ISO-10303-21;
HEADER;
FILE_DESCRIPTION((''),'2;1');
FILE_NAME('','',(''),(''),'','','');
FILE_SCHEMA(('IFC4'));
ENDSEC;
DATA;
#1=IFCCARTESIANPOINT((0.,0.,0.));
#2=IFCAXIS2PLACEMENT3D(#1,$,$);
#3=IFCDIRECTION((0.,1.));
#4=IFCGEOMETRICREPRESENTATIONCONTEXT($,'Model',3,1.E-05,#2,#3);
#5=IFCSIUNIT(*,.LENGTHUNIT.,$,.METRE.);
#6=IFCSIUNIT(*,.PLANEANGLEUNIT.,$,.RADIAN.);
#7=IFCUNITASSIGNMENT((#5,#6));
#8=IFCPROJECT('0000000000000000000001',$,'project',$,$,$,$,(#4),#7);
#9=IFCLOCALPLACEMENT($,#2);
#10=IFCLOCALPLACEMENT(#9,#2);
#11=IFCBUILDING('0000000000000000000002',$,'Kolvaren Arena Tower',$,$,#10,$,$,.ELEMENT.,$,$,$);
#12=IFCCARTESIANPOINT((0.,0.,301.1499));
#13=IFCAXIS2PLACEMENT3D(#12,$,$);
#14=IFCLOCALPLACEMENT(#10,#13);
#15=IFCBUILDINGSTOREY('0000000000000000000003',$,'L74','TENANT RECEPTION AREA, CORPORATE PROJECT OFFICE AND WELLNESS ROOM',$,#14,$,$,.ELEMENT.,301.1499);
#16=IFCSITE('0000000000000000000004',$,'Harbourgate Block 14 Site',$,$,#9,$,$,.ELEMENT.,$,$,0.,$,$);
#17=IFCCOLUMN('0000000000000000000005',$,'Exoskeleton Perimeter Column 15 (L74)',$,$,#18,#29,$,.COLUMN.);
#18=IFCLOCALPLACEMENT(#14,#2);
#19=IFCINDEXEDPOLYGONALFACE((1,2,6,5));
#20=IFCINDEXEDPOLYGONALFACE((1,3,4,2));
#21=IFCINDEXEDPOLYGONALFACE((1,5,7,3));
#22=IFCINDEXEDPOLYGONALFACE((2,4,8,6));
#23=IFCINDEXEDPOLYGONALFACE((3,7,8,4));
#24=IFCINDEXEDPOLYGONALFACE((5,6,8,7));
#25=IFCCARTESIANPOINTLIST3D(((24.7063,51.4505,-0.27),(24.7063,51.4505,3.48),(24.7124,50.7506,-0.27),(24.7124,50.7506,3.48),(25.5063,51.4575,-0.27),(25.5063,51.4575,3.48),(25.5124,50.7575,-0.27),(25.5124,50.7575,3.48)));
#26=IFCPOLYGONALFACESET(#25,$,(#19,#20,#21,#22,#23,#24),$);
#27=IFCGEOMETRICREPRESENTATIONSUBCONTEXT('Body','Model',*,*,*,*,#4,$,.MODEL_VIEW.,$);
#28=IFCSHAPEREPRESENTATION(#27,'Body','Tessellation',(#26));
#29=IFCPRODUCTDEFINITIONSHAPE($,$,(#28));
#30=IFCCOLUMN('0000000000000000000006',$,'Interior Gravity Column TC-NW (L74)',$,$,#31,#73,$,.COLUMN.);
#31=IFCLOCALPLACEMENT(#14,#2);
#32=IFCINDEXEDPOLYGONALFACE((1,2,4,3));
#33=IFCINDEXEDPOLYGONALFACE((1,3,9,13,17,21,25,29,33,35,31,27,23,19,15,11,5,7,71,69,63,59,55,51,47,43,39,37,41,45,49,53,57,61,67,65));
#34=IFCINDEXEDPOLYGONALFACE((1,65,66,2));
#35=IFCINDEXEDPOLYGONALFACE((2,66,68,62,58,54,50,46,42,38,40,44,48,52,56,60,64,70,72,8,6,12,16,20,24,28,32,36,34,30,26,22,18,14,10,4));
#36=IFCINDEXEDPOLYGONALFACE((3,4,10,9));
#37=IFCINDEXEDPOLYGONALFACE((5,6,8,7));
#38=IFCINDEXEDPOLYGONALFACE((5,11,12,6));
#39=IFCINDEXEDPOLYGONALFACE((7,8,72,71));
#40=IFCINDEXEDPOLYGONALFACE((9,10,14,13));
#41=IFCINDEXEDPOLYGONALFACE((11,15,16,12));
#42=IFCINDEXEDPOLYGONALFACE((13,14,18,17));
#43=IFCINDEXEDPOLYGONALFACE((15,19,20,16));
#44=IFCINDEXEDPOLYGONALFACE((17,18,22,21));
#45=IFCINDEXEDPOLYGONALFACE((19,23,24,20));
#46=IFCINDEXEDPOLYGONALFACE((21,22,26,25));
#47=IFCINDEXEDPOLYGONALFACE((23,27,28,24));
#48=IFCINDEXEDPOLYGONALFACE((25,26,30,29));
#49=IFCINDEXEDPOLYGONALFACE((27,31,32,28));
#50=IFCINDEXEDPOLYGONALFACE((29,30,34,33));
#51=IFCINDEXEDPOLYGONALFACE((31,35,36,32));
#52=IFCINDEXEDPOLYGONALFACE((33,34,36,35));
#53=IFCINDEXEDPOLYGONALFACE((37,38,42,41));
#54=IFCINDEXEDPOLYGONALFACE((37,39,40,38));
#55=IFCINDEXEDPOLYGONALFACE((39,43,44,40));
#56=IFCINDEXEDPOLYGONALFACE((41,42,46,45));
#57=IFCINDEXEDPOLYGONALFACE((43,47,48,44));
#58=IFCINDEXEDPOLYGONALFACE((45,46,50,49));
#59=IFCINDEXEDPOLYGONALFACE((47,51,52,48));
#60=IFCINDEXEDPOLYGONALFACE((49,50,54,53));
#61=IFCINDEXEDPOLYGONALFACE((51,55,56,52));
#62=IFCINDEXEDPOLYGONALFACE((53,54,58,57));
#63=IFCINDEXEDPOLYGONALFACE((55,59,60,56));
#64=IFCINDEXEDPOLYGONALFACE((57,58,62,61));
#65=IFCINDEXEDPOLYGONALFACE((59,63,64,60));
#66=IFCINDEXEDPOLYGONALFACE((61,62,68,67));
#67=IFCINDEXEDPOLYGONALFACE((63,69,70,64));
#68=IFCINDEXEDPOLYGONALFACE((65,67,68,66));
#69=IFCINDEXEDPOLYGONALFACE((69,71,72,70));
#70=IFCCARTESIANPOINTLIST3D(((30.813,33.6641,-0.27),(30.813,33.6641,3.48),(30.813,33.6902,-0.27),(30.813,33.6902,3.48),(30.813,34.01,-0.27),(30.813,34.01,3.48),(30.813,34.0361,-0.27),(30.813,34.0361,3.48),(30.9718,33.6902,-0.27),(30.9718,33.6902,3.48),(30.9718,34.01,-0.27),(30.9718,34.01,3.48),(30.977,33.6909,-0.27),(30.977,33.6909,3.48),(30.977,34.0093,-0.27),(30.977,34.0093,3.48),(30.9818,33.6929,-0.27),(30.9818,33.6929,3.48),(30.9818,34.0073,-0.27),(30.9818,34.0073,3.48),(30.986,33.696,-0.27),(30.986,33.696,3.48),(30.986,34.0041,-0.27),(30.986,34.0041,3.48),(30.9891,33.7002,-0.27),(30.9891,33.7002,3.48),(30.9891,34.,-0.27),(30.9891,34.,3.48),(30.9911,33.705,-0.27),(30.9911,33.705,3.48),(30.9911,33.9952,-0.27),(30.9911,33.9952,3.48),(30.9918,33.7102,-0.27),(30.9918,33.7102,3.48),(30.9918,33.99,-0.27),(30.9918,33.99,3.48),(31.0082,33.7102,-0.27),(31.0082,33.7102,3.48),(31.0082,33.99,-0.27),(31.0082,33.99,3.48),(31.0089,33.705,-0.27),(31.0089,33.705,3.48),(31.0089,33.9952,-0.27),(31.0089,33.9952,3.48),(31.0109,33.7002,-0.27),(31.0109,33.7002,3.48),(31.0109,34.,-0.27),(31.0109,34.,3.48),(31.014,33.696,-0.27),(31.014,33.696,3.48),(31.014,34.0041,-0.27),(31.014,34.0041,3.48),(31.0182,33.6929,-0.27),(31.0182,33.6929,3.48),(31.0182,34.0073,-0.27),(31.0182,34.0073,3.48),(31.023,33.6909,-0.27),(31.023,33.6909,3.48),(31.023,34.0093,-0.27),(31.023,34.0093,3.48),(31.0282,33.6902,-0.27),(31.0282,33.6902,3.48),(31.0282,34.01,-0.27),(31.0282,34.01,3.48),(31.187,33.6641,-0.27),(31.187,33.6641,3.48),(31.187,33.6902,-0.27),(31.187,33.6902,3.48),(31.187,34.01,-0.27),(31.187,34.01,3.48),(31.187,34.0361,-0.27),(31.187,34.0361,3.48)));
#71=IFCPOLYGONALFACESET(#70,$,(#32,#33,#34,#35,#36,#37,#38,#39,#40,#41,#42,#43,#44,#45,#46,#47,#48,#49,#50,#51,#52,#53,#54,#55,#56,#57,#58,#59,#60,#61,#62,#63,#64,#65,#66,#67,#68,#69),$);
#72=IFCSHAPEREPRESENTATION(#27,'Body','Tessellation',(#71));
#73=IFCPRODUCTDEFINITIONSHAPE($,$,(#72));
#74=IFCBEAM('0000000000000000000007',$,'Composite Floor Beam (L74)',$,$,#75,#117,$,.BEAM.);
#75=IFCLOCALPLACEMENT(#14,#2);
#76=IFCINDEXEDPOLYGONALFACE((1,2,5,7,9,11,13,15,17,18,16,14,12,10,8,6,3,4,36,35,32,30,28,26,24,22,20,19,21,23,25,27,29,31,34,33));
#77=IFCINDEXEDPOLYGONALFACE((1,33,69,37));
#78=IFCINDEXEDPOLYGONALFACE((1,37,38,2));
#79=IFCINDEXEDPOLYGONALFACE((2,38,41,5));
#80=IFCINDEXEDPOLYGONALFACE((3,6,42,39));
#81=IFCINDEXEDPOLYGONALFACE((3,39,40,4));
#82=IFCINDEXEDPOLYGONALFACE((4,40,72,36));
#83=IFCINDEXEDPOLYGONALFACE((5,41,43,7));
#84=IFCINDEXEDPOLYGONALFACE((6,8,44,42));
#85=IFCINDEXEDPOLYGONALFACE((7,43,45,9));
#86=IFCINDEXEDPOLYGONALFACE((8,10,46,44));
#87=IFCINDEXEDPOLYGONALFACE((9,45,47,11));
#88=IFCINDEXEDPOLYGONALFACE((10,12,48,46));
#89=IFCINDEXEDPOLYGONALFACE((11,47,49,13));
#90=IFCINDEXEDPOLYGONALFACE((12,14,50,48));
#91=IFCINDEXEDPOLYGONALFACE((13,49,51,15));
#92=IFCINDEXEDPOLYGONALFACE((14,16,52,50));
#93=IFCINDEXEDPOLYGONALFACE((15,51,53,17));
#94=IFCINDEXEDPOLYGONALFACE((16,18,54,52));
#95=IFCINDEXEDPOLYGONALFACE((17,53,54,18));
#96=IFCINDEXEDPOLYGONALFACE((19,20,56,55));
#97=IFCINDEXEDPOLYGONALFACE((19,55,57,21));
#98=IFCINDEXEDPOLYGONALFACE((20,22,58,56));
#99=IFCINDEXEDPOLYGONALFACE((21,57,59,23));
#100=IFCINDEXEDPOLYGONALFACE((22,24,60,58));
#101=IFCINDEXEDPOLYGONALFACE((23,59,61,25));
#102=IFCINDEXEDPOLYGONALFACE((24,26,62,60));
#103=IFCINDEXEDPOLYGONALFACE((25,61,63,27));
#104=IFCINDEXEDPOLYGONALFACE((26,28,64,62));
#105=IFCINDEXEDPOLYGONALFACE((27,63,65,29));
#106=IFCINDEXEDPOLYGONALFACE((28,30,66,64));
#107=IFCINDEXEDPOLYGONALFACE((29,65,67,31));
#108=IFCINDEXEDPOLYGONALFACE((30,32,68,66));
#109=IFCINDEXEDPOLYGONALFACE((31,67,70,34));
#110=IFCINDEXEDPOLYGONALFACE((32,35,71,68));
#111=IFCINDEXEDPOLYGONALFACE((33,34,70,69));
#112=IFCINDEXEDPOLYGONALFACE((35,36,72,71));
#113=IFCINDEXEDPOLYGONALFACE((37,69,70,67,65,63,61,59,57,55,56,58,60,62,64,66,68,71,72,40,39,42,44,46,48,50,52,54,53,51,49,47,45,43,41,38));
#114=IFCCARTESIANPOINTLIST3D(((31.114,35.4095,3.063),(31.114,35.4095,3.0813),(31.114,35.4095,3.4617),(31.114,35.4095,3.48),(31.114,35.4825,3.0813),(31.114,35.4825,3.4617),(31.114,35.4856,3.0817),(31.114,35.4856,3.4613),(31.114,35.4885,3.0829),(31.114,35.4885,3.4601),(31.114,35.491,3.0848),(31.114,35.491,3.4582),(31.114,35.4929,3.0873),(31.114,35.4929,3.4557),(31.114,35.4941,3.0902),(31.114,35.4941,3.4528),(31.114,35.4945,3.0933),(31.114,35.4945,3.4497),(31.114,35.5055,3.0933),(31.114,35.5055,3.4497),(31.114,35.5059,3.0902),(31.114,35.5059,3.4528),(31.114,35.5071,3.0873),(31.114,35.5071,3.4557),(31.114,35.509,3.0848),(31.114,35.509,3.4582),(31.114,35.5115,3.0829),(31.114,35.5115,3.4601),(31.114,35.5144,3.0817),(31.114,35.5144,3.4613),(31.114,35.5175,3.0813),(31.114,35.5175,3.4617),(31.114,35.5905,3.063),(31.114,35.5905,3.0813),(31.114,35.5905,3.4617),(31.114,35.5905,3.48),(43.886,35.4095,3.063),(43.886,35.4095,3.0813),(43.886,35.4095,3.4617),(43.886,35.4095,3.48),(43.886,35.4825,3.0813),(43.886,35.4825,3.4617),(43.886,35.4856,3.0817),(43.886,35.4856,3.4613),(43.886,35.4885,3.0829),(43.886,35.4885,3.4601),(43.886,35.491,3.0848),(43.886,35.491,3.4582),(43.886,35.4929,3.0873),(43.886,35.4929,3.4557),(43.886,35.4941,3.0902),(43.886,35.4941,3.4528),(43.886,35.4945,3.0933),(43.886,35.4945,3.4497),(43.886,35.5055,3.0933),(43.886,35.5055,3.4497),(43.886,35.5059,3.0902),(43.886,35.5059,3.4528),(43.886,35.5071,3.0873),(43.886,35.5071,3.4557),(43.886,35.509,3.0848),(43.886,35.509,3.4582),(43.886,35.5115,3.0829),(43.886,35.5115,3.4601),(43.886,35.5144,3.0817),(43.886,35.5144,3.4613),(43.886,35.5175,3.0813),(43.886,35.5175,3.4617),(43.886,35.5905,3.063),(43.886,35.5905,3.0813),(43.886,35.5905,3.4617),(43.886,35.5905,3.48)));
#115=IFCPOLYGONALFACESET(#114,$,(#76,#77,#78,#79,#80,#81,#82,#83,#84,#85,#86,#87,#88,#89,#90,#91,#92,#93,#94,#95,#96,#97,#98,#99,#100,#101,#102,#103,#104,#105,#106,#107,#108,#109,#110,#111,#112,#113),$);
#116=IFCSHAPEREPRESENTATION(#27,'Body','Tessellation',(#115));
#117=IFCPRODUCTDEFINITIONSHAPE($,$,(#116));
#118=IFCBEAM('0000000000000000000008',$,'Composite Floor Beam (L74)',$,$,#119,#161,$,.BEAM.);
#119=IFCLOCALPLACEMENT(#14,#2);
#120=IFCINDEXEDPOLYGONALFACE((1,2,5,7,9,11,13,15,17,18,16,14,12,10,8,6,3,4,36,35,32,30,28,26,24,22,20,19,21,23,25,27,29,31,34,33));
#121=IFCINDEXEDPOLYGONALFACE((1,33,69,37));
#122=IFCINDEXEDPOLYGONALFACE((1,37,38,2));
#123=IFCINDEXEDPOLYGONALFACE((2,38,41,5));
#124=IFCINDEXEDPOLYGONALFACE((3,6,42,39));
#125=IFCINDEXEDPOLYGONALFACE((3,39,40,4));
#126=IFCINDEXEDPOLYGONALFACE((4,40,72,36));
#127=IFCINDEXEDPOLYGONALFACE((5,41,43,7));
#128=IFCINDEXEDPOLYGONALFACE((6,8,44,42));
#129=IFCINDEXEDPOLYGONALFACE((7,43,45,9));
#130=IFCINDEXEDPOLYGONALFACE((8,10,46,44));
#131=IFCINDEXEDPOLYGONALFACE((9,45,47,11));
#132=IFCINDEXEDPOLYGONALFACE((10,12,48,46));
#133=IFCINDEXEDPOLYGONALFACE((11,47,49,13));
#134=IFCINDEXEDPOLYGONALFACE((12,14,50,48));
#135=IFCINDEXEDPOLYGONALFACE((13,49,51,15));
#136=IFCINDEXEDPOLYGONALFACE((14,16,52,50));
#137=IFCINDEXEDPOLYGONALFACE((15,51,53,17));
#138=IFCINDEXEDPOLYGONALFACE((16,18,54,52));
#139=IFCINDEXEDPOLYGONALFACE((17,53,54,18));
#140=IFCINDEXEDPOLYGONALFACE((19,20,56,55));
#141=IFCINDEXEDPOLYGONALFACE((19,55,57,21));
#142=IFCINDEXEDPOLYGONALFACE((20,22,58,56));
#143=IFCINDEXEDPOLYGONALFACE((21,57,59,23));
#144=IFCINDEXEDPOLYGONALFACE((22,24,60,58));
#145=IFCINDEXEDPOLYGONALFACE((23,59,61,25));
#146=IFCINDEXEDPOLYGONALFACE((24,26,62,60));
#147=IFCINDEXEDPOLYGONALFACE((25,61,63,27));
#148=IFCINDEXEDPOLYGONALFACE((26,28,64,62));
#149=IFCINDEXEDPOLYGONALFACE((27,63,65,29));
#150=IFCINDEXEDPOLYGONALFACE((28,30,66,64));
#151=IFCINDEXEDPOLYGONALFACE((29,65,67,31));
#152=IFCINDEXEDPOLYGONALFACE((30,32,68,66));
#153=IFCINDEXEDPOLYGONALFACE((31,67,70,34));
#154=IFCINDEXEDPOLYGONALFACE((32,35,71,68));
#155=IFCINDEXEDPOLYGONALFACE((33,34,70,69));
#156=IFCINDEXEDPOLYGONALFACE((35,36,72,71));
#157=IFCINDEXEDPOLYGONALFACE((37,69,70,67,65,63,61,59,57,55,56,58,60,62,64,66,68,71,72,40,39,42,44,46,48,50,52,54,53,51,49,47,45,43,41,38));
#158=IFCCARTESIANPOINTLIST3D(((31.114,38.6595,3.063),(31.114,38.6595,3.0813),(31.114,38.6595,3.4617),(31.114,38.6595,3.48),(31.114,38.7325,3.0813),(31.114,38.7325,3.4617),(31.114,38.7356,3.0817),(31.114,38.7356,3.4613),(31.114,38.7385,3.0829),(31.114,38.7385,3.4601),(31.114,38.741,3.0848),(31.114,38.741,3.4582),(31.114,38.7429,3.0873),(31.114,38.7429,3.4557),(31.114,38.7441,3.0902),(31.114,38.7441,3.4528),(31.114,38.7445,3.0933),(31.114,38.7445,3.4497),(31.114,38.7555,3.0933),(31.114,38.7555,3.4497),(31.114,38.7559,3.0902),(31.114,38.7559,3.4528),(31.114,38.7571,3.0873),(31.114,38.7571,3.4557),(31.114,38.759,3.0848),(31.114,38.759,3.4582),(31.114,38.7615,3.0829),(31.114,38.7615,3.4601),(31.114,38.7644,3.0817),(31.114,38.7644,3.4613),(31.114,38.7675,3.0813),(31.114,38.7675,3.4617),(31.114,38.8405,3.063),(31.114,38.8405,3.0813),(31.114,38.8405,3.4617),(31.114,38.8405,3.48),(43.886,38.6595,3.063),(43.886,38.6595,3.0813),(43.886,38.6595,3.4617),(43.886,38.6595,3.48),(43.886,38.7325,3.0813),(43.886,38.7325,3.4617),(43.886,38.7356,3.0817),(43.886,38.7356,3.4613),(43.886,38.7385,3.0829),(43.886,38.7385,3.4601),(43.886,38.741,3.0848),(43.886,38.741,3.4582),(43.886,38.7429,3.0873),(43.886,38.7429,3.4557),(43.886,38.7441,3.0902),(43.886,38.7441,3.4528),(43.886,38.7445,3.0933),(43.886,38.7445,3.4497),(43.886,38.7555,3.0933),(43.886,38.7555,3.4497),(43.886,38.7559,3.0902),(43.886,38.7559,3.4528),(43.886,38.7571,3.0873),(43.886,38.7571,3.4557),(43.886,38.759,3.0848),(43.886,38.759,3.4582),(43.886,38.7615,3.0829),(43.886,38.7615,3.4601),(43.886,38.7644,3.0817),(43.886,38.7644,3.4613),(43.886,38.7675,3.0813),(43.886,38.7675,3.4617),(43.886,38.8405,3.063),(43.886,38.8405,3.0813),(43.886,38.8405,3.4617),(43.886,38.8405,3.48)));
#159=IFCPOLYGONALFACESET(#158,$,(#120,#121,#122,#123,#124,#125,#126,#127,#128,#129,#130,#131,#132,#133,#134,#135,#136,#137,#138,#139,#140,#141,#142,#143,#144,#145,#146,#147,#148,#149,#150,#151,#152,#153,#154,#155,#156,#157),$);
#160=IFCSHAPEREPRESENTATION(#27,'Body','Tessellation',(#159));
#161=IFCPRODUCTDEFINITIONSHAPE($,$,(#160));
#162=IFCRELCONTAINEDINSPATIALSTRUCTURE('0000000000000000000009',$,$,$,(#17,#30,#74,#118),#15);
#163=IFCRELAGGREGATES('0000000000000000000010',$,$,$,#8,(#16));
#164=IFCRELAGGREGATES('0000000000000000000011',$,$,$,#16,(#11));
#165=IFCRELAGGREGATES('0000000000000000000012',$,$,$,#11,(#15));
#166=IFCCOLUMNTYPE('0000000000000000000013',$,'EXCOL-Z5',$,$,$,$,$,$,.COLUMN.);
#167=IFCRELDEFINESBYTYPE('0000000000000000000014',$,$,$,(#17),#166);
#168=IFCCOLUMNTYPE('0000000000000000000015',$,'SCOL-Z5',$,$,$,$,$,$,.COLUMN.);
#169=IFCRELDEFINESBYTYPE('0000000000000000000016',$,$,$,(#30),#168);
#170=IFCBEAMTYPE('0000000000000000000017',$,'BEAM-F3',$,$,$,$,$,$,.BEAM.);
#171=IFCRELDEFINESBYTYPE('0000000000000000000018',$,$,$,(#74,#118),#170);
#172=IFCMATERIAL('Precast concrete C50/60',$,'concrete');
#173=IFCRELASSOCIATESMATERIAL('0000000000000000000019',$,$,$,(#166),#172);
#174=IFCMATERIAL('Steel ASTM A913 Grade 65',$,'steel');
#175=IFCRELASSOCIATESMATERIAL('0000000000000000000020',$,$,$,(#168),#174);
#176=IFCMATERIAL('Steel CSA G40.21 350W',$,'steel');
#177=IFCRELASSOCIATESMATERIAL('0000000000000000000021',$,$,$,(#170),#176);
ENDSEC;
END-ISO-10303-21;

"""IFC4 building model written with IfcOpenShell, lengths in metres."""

from ifc_helpers import new_model, si_unit, direction, frame, origin, origin_2d, place, context, subcontext, project, spatial, rectangle, i_section, extrude, material, material_profile, profile_set, type_object, element, save


model = new_model("IFC4")

# Units and contexts
model_context = context("Model", 3, precision=1e-05, world=origin(), true_north=direction((0.0, 1.0)))
body_context = subcontext(model_context, "Body", "Model", "MODEL_VIEW")
ifc_project = project(units=[si_unit("LENGTHUNIT", "METRE"), si_unit("PLANEANGLEUNIT", "RADIAN")], contexts=[model_context])

# Site, building, storey
site_placement = place(None, origin())
site = spatial("IfcSite", under=ifc_project, at=site_placement, Name="Harbourgate Block 14 Site", CompositionType="ELEMENT", RefElevation=0.0)
building_placement = place(site_placement, origin())
building = spatial("IfcBuilding", under=site, at=building_placement, Name="Kolvaren Arena Tower", CompositionType="ELEMENT")
storey_placement = place(building_placement, frame((0.0, 0.0, 301.1499)))
storey = spatial("IfcBuildingStorey", under=building, at=storey_placement, Name="L74", Description="TENANT RECEPTION AREA, CORPORATE PROJECT OFFICE AND WELLNESS ROOM", CompositionType="ELEMENT", Elevation=301.1499)

# Columns
ifc_material_1 = material(Name="Precast concrete C50/60", Category="concrete")
ifc_material_profile_1 = material_profile(ifc_material_1, rectangle(XDim=0.8, YDim=0.7, at=origin_2d()), Name="RC-800x700")
ifc_profile_set_1 = profile_set([ifc_material_profile_1], Name="Precast concrete C50/60")
column_type_1 = type_object("IfcColumnType", Name="EXCOL-Z5", PredefinedType="COLUMN", material=ifc_profile_set_1)
column_1_placement = place(storey_placement, frame((25.1094, 51.104, -0.27), z_axis=(0.0, 0.0, 1.0), x_axis=(0.999962, 0.008727, 0.0)))
element("IfcColumn", 1, at=column_1_placement, inside=storey, type_object=column_type_1, Name="Exoskeleton Perimeter Column 15 (L74)", PredefinedType="COLUMN", context=body_context, shape_type="SweptSolid", body=[
    extrude(rectangle(XDim=0.8, YDim=0.7, at=origin_2d()), origin(), (0.0, 0.0, 1.0), 3.75),
])
ifc_material_2 = material(Name="Steel ASTM A913 Grade 65", Category="steel")
ifc_material_profile_2 = material_profile(ifc_material_2, i_section(OverallWidth=0.374, OverallDepth=0.3721, WebThickness=0.0164, FlangeThickness=0.0261, FilletRadius=0.02, at=origin_2d()), Name="W360x196")
ifc_profile_set_2 = profile_set([ifc_material_profile_2], Name="Steel ASTM A913 Grade 65")
column_type_2 = type_object("IfcColumnType", Name="SCOL-Z5", PredefinedType="COLUMN", material=ifc_profile_set_2)
column_2_placement = place(storey_placement, frame((31.0, 33.8501, -0.27), z_axis=(0.0, 0.0, 1.0), x_axis=(1.0, 0.0, 0.0)))
element("IfcColumn", 2, at=column_2_placement, inside=storey, type_object=column_type_2, Name="Interior Gravity Column TC-NW (L74)", PredefinedType="COLUMN", context=body_context, shape_type="SweptSolid", body=[
    extrude(i_section(OverallWidth=0.374, OverallDepth=0.3721, WebThickness=0.0164, FlangeThickness=0.0261, FilletRadius=0.02, at=origin_2d()), origin(), (0.0, 0.0, 1.0), 3.75),
])

# Beams
ifc_material_3 = material(Name="Steel CSA G40.21 350W", Category="steel")
ifc_material_profile_3 = material_profile(ifc_material_3, i_section(OverallWidth=0.1809, OverallDepth=0.417, WebThickness=0.011, FlangeThickness=0.0183, FilletRadius=0.012, at=origin_2d()), Name="W410x85")
ifc_profile_set_3 = profile_set([ifc_material_profile_3], Name="Steel CSA G40.21 350W")
beam_type_1 = type_object("IfcBeamType", Name="BEAM-F3", PredefinedType="BEAM", material=ifc_profile_set_3)
for number, where, z_axis, x_axis, name in (
    (3, (31.114, 35.5, 3.2715), (1.0, 0.0, 0.0), (0.0, 1.0, 0.0), "Composite Floor Beam (L74)"),
    (4, (31.114, 38.75, 3.2715), (1.0, 0.0, 0.0), (0.0, 1.0, 0.0), "Composite Floor Beam (L74)"),
):
    element("IfcBeam", number, at=place(storey_placement, frame(where, z_axis=z_axis, x_axis=x_axis)), inside=storey, type_object=beam_type_1, Name=name, PredefinedType="BEAM", context=body_context, shape_type="SweptSolid", body=[
        extrude(i_section(OverallWidth=0.1809, OverallDepth=0.417, WebThickness=0.011, FlangeThickness=0.0183, FilletRadius=0.012, at=origin_2d()), origin(), (0.0, 0.0, 1.0), 12.772),
    ])

save(model, "model.ifc")
